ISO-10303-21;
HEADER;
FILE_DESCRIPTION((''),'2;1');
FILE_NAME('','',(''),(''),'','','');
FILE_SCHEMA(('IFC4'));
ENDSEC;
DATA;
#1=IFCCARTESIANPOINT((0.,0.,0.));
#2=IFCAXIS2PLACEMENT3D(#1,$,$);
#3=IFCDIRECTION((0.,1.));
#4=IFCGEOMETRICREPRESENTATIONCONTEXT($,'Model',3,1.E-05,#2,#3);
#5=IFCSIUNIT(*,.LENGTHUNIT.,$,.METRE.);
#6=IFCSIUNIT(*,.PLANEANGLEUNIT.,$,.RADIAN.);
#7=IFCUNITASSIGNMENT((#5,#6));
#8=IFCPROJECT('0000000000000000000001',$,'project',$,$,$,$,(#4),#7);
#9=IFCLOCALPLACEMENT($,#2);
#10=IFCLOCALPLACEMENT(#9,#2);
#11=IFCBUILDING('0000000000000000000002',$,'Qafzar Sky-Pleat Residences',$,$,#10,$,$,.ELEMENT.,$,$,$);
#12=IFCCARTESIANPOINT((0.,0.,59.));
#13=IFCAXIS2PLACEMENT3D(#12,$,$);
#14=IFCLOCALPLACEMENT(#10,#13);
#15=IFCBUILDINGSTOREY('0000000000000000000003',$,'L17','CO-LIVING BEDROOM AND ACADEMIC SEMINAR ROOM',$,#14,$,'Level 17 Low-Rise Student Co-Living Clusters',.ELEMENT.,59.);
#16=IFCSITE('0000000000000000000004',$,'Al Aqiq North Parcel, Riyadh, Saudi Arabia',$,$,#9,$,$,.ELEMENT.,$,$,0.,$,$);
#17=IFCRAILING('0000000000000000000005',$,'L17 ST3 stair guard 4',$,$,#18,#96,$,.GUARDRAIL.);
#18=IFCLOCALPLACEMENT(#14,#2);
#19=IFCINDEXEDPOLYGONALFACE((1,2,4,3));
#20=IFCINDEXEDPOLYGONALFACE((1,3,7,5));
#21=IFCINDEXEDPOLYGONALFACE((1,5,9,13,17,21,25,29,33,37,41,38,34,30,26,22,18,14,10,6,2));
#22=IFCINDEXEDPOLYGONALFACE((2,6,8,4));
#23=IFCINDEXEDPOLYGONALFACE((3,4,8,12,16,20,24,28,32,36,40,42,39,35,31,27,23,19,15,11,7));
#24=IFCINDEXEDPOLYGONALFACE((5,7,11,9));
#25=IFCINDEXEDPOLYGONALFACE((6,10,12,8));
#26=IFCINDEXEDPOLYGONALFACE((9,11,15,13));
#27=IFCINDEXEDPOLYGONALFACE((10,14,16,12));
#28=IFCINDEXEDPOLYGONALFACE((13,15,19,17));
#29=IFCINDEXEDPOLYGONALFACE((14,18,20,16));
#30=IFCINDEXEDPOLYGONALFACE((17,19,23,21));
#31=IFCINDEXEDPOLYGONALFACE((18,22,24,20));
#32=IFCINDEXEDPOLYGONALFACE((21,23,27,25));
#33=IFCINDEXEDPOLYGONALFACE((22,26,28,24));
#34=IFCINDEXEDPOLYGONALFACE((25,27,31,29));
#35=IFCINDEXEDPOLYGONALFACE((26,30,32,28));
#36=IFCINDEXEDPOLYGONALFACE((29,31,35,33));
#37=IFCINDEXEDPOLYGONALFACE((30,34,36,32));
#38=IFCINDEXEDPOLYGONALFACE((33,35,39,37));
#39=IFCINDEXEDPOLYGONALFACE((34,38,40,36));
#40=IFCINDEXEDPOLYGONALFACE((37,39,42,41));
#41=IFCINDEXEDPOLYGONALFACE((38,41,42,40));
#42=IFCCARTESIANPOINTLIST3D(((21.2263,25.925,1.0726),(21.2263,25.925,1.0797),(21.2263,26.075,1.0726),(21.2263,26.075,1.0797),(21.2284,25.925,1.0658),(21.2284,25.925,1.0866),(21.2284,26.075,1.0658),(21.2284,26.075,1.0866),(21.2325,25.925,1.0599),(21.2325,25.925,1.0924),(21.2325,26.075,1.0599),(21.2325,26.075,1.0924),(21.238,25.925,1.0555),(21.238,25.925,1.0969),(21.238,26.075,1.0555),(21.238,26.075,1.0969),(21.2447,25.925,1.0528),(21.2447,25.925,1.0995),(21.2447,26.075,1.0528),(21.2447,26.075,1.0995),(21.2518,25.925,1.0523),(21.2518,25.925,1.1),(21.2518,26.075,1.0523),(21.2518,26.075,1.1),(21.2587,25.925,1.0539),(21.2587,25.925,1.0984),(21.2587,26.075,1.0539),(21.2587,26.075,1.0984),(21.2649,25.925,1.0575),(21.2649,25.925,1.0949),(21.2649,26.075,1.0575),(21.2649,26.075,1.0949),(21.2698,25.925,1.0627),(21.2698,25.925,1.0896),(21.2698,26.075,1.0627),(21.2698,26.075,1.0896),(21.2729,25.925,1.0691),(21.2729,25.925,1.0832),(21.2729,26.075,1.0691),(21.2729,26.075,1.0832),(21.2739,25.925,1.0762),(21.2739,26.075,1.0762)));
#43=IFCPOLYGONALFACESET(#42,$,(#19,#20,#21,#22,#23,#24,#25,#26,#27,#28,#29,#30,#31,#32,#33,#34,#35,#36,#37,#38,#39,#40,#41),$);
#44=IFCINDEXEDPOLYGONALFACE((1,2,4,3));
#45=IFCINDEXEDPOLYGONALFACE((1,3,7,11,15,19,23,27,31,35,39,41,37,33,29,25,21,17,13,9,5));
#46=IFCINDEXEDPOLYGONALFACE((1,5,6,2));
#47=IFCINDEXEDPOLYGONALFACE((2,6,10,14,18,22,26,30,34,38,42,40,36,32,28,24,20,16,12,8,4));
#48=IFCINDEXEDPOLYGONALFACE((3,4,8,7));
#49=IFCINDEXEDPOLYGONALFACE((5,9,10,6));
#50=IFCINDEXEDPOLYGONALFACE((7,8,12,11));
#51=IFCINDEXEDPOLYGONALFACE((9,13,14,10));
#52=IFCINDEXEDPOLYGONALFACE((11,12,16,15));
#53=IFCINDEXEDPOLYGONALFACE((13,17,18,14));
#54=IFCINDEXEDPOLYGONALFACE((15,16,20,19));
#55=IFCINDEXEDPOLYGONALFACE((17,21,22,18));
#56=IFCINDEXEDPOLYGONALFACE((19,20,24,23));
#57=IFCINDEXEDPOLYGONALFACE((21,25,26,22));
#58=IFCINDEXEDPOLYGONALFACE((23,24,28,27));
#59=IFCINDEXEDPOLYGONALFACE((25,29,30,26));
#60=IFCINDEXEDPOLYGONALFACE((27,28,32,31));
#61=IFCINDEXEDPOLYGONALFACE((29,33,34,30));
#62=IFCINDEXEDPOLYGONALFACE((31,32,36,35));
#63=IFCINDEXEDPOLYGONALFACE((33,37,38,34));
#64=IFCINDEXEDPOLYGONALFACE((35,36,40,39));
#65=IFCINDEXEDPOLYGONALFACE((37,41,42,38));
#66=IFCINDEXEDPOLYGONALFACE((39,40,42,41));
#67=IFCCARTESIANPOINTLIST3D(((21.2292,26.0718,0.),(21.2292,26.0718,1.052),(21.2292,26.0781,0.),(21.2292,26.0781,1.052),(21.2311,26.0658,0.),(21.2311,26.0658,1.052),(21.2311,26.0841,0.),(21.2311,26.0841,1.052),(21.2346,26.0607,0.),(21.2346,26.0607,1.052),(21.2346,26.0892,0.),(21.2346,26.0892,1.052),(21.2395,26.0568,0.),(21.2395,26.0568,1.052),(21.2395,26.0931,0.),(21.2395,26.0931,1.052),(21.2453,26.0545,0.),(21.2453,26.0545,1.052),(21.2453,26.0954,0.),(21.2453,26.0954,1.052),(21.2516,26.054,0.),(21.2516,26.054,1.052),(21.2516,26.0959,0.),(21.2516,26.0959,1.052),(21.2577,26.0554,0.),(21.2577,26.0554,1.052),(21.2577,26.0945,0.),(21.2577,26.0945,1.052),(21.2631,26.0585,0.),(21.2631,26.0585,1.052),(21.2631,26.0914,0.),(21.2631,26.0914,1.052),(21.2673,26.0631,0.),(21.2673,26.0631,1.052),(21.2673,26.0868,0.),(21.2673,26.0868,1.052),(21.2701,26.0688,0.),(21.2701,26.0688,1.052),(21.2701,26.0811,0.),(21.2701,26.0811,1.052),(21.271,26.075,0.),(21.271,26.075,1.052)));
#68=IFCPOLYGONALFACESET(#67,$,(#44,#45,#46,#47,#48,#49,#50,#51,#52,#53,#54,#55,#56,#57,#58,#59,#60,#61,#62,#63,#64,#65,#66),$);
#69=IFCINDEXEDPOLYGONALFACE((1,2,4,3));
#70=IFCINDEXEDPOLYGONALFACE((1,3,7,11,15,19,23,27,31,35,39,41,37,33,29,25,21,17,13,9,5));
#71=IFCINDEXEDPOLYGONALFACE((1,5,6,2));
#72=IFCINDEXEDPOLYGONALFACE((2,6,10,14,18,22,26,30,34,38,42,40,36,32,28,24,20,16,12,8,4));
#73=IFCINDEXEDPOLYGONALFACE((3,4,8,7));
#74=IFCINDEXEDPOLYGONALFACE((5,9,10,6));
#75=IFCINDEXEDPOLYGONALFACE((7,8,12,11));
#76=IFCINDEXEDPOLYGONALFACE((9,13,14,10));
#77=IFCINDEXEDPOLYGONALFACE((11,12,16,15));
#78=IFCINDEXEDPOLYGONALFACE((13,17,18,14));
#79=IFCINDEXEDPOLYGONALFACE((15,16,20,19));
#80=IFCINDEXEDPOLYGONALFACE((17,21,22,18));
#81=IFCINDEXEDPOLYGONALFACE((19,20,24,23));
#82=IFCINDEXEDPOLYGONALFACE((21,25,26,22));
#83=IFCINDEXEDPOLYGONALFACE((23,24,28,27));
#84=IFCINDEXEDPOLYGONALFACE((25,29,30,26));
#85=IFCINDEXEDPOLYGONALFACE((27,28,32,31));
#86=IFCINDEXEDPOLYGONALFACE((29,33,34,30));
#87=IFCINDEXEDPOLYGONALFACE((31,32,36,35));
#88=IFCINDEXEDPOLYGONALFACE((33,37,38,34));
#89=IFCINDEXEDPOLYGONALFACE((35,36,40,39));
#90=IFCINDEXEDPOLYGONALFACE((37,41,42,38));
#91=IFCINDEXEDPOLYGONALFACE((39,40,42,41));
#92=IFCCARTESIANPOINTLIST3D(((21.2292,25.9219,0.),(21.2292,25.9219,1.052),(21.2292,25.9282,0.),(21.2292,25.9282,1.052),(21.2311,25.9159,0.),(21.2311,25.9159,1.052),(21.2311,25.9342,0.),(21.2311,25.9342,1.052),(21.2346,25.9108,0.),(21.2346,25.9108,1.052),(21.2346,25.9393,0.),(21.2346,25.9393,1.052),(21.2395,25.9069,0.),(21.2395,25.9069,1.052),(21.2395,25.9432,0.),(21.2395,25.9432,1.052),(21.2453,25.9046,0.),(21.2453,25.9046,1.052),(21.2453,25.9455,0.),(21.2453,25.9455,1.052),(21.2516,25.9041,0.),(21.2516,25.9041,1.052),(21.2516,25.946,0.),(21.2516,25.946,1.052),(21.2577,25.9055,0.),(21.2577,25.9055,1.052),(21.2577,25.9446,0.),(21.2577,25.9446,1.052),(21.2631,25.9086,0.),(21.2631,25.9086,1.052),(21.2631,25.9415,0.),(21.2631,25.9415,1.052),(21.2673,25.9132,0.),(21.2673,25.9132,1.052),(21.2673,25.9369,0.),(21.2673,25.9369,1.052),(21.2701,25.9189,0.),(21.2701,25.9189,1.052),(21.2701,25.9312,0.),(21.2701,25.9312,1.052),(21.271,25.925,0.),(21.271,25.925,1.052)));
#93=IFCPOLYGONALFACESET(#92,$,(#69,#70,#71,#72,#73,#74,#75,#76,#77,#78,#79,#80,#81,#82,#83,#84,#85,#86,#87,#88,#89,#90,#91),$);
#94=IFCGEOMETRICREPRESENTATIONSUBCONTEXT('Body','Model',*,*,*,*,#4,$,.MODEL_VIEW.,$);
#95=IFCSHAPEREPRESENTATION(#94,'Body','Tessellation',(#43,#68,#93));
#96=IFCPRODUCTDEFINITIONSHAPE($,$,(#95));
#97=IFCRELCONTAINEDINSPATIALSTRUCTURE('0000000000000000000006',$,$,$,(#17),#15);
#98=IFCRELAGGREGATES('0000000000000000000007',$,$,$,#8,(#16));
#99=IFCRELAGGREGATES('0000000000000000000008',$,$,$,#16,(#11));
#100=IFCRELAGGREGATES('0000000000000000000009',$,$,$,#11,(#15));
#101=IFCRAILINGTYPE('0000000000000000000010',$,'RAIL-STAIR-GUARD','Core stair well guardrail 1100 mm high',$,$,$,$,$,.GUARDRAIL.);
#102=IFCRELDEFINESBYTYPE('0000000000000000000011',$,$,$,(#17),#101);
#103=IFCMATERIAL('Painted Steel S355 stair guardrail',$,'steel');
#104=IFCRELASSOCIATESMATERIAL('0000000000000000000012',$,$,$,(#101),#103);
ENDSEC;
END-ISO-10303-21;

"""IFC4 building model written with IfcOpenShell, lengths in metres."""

from ifc_helpers import new_model, si_unit, direction, frame, origin, origin_2d, place, context, subcontext, project, spatial, circle, extrude, source, transform, mapped, material, type_object, element, save


model = new_model("IFC4")

# Units and contexts
model_context = context("Model", 3, precision=1e-05, world=origin(), true_north=direction((0.0, 1.0)))
body_context = subcontext(model_context, "Body", "Model", "MODEL_VIEW")
ifc_project = project(units=[si_unit("LENGTHUNIT", "METRE"), si_unit("PLANEANGLEUNIT", "RADIAN")], contexts=[model_context])

# Site, building, storey
site_placement = place(None, origin())
site = spatial("IfcSite", under=ifc_project, at=site_placement, Name="Al Aqiq North Parcel, Riyadh, Saudi Arabia", CompositionType="ELEMENT", RefElevation=0.0)
building_placement = place(site_placement, origin())
building = spatial("IfcBuilding", under=site, at=building_placement, Name="Qafzar Sky-Pleat Residences", CompositionType="ELEMENT")
storey_placement = place(building_placement, frame((0.0, 0.0, 59.0)))
storey = spatial("IfcBuildingStorey", under=building, at=storey_placement, Name="L17", Description="CO-LIVING BEDROOM AND ACADEMIC SEMINAR ROOM", LongName="Level 17 Low-Rise Student Co-Living Clusters", CompositionType="ELEMENT", Elevation=59.0)

# Railing
ifc_material_1 = material(Name="Painted Steel S355 stair guardrail", Category="steel")
railing_type_1 = type_object("IfcRailingType", Name="RAIL-STAIR-GUARD", Description="Core stair well guardrail 1100 mm high", PredefinedType="GUARDRAIL", material=ifc_material_1)
shared_shape_1 = source(origin(), body_context, "Body", "SweptSolid", [
    extrude(circle(Radius=0.0239, at=origin_2d()), frame((0.0, 0.0, 1.0762), z_axis=(0.0, -1.0, 0.0), x_axis=(1.0, 0.0, 0.0)), (0.0, 0.0, 1.0), 0.1499),
    extrude(circle(Radius=0.021, at=origin_2d()), origin(), (0.0, 0.0, 1.0), 1.052),
    extrude(circle(Radius=0.021, at=origin_2d()), frame((0.0, -0.1499, 0.0)), (0.0, 0.0, 1.0), 1.052),
])
for number, where, name in (
    (1, (21.25, 26.075, 0.0), "L17 ST3 stair guard 4"),
):
    element("IfcRailing", number, at=place(storey_placement, frame(where)), inside=storey, type_object=railing_type_1, Name=name, PredefinedType="GUARDRAIL", context=body_context, shape_type="MappedRepresentation", body=[
        mapped(shared_shape_1, transform((0.0, 0.0, 0.0), x_axis=(1.0, 0.0, 0.0), y_axis=(0.0, 1.0, 0.0), z_axis=(0.0, 0.0, 1.0), scale=1.0)),
    ])

save(model, "model.ifc")
